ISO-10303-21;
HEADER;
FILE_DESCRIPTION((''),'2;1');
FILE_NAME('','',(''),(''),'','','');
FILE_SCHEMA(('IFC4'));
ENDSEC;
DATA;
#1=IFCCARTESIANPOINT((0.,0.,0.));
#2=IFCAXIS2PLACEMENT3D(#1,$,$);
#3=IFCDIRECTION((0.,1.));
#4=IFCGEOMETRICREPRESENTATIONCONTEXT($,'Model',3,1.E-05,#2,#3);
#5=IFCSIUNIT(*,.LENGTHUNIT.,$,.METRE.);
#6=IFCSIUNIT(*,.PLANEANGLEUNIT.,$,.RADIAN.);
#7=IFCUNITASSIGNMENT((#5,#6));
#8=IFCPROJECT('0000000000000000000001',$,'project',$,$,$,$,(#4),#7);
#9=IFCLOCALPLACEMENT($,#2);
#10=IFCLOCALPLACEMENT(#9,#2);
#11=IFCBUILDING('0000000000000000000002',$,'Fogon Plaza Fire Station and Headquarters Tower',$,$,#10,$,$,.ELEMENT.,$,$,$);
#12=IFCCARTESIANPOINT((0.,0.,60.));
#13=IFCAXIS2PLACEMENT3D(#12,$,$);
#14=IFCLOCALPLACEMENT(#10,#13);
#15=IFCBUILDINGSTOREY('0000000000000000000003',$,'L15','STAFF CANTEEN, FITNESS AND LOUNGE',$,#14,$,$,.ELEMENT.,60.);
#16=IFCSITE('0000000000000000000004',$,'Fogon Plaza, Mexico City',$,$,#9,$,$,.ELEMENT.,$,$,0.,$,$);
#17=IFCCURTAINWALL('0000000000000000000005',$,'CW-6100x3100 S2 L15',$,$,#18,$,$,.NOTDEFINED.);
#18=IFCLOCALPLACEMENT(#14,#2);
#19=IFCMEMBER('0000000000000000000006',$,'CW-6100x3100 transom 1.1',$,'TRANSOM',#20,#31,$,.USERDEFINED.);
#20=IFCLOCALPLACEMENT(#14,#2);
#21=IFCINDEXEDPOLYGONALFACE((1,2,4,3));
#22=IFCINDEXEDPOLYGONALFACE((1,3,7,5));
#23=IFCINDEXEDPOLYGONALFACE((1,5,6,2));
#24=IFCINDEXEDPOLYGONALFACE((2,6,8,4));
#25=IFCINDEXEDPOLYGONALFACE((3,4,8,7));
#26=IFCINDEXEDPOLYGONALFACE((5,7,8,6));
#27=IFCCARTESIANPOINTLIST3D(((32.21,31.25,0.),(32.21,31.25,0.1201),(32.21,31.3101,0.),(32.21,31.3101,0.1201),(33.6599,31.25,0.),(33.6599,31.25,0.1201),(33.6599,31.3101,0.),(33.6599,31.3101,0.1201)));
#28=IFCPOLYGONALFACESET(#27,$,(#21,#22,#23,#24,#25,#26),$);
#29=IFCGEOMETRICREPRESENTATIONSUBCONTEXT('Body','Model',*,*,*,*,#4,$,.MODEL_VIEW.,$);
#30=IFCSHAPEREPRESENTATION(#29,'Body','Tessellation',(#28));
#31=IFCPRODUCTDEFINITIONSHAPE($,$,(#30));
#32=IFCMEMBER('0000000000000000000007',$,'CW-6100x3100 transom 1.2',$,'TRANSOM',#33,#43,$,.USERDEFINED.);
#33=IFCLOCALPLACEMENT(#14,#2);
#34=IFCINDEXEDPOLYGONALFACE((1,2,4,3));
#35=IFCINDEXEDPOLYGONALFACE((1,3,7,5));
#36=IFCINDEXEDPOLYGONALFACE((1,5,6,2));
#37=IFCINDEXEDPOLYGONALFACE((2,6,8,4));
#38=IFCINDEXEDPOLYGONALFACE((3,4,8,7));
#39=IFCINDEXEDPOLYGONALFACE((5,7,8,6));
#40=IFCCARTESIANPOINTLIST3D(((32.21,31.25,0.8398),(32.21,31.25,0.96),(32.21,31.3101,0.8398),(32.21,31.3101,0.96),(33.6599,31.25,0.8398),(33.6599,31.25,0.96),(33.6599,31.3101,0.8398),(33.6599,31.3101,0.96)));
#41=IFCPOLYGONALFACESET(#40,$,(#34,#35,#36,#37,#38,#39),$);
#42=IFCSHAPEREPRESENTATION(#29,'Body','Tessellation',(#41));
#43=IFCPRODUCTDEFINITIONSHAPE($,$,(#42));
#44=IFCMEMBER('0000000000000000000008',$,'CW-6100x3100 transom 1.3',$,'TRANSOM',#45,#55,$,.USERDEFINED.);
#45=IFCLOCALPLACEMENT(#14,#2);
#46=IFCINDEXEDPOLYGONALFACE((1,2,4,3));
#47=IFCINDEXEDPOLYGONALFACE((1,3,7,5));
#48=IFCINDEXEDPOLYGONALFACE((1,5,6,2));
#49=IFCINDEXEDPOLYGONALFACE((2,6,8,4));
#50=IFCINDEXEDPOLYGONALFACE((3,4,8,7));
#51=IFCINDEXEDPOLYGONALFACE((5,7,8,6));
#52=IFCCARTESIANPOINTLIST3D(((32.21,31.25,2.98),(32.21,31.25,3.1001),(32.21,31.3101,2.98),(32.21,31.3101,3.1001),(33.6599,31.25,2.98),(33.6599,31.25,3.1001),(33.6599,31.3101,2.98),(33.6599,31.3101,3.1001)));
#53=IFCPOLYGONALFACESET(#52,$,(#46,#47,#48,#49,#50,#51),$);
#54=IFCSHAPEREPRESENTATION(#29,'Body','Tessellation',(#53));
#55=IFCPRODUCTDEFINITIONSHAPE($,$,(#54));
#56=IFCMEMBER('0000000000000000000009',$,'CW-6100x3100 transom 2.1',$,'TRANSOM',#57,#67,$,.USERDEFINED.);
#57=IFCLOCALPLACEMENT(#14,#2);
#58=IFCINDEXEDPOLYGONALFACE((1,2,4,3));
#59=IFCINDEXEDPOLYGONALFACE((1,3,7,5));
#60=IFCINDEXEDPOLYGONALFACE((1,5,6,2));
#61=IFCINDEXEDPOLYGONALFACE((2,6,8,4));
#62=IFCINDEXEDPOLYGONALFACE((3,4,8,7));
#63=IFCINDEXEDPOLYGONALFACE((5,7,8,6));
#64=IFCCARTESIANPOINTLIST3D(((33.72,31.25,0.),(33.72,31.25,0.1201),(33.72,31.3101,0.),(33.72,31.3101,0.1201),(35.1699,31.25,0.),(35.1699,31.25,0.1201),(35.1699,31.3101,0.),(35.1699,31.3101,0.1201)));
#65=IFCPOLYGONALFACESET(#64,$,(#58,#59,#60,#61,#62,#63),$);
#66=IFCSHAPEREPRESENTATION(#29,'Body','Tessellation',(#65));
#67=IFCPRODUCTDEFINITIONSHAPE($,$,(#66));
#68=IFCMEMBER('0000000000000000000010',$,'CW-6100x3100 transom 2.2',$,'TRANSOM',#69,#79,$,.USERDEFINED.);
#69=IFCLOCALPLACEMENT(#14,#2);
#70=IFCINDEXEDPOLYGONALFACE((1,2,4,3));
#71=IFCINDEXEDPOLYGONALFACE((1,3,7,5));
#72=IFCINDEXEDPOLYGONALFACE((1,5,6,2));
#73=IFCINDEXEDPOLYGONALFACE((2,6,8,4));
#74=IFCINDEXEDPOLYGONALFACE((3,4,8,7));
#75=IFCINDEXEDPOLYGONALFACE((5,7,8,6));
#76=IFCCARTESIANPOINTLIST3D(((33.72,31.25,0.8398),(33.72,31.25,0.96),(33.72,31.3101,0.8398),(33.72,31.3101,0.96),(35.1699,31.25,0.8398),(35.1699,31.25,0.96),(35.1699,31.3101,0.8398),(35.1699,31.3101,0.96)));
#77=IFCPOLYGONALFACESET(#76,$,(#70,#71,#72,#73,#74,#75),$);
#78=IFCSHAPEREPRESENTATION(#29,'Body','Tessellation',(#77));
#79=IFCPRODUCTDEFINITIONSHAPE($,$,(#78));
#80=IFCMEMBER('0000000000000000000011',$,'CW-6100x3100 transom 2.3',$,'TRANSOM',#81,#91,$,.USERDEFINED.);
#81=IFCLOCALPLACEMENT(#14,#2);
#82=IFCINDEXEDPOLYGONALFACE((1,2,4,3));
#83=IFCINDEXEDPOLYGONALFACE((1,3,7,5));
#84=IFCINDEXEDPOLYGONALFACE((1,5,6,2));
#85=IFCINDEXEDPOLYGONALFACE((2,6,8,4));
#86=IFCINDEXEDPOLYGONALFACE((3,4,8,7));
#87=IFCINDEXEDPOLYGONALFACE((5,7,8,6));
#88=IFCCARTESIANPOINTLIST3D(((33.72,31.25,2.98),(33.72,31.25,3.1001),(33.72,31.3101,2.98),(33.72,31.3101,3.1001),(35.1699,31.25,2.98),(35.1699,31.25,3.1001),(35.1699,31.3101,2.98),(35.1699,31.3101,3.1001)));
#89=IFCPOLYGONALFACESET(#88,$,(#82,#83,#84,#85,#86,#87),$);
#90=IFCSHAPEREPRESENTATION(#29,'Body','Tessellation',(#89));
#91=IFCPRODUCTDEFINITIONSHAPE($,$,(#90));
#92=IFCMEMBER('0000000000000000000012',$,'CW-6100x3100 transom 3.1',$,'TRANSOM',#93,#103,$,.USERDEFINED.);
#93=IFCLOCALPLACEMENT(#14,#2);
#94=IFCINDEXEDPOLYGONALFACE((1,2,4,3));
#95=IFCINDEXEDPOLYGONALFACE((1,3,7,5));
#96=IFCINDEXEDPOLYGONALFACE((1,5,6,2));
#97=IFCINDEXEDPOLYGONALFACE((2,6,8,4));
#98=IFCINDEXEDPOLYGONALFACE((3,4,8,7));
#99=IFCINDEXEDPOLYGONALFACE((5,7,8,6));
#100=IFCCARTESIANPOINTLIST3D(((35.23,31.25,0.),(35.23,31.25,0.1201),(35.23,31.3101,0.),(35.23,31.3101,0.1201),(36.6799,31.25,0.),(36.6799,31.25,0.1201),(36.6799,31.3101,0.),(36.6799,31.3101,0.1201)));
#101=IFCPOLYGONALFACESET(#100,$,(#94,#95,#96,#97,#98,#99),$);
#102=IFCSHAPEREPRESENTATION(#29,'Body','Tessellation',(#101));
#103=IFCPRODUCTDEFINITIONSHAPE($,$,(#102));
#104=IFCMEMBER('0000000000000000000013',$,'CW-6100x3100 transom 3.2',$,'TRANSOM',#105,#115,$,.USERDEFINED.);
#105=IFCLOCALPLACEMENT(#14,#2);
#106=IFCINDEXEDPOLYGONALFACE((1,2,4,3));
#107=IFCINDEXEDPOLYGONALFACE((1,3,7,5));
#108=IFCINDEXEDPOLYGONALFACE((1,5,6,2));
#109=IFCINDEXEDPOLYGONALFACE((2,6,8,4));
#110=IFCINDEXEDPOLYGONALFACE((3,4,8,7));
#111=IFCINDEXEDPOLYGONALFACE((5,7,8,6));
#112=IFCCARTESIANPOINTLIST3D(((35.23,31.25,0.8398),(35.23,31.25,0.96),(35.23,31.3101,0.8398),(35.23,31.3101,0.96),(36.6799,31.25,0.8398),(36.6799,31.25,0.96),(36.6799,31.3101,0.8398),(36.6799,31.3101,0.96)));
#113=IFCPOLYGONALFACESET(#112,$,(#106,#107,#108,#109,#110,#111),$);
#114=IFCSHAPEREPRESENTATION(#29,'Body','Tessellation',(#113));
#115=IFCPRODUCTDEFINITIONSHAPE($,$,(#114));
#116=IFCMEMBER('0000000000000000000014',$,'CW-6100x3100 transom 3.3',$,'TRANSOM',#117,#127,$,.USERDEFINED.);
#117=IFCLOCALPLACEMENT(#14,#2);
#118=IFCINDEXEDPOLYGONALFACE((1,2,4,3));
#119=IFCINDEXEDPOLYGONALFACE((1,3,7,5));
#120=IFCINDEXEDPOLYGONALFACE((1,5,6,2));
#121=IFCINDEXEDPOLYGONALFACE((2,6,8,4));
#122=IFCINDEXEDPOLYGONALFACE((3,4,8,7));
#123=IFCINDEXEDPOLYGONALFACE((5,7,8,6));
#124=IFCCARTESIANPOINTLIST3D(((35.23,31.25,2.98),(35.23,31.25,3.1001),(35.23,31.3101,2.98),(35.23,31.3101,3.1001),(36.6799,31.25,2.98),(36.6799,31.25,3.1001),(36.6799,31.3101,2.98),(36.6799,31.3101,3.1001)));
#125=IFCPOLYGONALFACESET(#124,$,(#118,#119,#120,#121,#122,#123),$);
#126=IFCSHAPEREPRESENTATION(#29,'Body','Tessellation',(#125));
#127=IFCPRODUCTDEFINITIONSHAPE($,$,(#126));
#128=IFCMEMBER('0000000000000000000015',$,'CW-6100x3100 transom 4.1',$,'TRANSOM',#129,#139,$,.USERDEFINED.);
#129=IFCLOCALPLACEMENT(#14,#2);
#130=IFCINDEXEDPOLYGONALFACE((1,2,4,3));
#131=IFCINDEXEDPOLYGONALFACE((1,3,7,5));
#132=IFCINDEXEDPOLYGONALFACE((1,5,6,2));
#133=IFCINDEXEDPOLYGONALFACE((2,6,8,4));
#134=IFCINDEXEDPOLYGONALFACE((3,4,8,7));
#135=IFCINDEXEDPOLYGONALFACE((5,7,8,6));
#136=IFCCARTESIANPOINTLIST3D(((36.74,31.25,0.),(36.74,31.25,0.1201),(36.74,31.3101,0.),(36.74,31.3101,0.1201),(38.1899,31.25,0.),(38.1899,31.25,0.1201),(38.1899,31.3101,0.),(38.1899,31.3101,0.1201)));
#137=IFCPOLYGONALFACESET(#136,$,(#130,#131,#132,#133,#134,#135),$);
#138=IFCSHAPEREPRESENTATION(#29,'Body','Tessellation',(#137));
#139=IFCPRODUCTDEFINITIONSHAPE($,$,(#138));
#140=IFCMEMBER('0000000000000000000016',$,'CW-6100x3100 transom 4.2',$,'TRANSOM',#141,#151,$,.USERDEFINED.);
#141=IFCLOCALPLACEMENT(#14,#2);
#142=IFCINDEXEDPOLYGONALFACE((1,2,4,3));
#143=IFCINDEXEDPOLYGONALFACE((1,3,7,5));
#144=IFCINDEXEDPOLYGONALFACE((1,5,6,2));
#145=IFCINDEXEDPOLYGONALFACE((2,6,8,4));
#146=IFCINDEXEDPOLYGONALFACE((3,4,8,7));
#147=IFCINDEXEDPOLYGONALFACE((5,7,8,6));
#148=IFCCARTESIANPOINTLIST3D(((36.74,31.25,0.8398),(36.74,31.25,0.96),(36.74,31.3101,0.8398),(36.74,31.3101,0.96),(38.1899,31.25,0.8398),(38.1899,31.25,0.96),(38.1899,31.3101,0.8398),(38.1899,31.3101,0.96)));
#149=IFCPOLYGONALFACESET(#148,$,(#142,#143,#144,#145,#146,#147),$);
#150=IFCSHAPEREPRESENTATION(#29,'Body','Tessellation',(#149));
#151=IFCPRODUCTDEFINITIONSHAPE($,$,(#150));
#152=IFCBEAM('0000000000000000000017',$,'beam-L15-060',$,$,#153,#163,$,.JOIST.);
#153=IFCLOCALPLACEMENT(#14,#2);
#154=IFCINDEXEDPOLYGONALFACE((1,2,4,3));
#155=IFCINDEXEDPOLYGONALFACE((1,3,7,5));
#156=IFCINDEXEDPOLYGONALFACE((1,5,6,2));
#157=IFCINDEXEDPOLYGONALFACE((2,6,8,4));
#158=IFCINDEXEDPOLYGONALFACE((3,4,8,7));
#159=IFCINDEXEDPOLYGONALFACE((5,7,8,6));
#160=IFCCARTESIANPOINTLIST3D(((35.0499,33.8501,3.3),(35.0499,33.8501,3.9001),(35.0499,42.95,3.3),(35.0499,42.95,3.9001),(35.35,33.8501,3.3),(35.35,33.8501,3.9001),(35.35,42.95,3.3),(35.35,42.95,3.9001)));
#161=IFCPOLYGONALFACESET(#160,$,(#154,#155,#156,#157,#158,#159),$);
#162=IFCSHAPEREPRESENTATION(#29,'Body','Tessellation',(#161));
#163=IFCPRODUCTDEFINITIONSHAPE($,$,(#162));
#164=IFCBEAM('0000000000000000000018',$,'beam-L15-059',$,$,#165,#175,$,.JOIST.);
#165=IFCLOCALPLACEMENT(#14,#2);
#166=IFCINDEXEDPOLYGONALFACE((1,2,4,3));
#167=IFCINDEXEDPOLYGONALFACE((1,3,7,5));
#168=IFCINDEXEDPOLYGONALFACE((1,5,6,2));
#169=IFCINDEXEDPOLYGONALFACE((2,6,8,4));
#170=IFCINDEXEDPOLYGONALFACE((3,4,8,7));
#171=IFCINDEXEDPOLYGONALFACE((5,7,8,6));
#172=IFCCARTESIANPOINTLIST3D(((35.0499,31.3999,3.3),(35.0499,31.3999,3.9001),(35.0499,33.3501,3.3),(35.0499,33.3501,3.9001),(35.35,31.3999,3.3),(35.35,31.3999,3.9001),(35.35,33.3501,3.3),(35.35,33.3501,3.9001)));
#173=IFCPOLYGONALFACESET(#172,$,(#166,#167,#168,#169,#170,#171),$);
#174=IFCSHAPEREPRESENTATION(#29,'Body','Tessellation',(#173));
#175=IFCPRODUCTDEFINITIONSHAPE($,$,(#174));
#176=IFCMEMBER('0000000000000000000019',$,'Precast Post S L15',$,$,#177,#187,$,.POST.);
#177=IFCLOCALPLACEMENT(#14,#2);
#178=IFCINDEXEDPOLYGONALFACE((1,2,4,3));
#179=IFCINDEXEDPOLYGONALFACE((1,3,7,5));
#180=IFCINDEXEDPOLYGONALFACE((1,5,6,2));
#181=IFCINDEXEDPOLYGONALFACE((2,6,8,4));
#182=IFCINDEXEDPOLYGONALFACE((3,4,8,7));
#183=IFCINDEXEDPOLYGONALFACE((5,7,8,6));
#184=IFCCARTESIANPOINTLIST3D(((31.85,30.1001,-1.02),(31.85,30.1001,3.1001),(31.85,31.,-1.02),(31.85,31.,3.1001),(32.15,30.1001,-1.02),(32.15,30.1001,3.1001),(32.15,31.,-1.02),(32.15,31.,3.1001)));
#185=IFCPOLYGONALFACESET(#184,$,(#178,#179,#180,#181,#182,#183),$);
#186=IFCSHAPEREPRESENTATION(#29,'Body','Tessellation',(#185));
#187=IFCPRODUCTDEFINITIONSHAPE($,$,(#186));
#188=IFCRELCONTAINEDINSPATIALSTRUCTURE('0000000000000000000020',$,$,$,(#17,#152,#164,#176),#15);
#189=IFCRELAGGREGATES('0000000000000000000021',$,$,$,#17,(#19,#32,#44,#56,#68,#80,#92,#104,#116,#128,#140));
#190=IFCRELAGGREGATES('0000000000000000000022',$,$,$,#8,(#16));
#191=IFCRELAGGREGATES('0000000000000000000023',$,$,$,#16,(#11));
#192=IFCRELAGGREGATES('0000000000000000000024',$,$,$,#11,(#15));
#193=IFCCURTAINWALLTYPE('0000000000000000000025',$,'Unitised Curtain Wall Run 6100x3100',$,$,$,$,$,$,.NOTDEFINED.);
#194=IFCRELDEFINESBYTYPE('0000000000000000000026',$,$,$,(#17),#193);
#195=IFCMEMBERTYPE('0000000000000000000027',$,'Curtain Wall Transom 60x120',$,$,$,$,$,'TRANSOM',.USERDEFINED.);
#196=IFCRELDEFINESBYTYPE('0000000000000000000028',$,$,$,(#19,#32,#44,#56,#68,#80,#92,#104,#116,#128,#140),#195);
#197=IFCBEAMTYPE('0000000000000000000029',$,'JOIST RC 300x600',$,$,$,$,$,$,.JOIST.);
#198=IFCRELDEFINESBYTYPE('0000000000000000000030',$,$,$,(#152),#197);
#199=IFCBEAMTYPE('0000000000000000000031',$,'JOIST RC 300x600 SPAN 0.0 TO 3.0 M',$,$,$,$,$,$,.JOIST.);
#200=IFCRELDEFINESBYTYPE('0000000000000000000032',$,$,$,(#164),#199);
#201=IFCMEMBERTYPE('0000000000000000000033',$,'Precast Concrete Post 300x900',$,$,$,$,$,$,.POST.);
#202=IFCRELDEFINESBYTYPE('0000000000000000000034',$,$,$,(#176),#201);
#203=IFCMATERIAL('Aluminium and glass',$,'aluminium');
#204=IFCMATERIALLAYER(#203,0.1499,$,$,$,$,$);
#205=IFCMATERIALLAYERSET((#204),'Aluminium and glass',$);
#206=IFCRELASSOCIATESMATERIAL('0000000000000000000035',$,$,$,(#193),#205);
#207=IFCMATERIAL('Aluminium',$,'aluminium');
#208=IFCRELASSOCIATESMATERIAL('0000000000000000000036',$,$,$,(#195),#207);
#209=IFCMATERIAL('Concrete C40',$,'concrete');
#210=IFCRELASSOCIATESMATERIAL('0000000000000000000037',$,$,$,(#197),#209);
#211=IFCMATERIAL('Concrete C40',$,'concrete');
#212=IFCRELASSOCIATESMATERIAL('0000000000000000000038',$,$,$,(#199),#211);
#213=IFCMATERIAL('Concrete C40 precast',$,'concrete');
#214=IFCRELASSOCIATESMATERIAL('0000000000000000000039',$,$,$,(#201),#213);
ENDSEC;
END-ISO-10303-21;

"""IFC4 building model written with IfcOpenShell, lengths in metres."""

from ifc_helpers import new_model, si_unit, direction, frame, origin, origin_2d, place, context, subcontext, project, spatial, rectangle, extrude, material, layer, layer_set, material_profile, profile_set, type_object, element, aggregate, save


model = new_model("IFC4")

# Units and contexts
model_context = context("Model", 3, precision=1e-05, world=origin(), true_north=direction((0.0, 1.0)))
body_context = subcontext(model_context, "Body", "Model", "MODEL_VIEW")
ifc_project = project(units=[si_unit("LENGTHUNIT", "METRE"), si_unit("PLANEANGLEUNIT", "RADIAN")], contexts=[model_context])

# Site, building, storey
site_placement = place(None, origin())
site = spatial("IfcSite", under=ifc_project, at=site_placement, Name="Fogon Plaza, Mexico City", CompositionType="ELEMENT", RefElevation=0.0)
building_placement = place(site_placement, origin())
building = spatial("IfcBuilding", under=site, at=building_placement, Name="Fogon Plaza Fire Station and Headquarters Tower", CompositionType="ELEMENT")
storey_placement = place(building_placement, frame((0.0, 0.0, 60.0)))
storey = spatial("IfcBuildingStorey", under=building, at=storey_placement, Name="L15", Description="STAFF CANTEEN, FITNESS AND LOUNGE", CompositionType="ELEMENT", Elevation=60.0)

# Shared definitions
ifc_material_1 = material(Name="Aluminium and glass", Category="aluminium")
ifc_layer_1 = layer(ifc_material_1, 0.1499)
ifc_layer_set_1 = layer_set([ifc_layer_1], Name="Aluminium and glass")
curtain_wall_type = type_object("IfcCurtainWallType", Name="Unitised Curtain Wall Run 6100x3100", PredefinedType="NOTDEFINED", material=ifc_layer_set_1)

# Curtain wall
curtain_wall_1_placement = place(storey_placement, origin())
curtain_wall_1 = element("IfcCurtainWall", 1, at=curtain_wall_1_placement, inside=storey, type_object=curtain_wall_type, Name="CW-6100x3100 S2 L15", PredefinedType="NOTDEFINED")

# Members
ifc_material_2 = material(Name="Aluminium", Category="aluminium")
ifc_material_profile_1 = material_profile(ifc_material_2, rectangle(XDim=0.0601, YDim=0.1201, at=origin_2d()), Name="Curtain Wall Transom 60x120")
ifc_profile_set_1 = profile_set([ifc_material_profile_1], Name="Aluminium")
member_type_1 = type_object("IfcMemberType", Name="Curtain Wall Transom 60x120", ElementType="TRANSOM", PredefinedType="USERDEFINED", material=ifc_profile_set_1)
member_1_placement = place(storey_placement, frame((32.21, 31.28, 0.0601), z_axis=(1.0, 0.0, 0.0), x_axis=(0.0, 1.0, 0.0)))
member_1 = element("IfcMember", 2, at=member_1_placement, type_object=member_type_1, Name="CW-6100x3100 transom 1.1", ObjectType="TRANSOM", PredefinedType="USERDEFINED", context=body_context, shape_type="SweptSolid", body=[
    extrude(rectangle(XDim=0.0601, YDim=0.1201, at=origin_2d()), origin(), (0.0, 0.0, 1.0), 1.45),
])
member_2_placement = place(storey_placement, frame((32.21, 31.28, 0.8999), z_axis=(1.0, 0.0, 0.0), x_axis=(0.0, 1.0, 0.0)))
member_2 = element("IfcMember", 3, at=member_2_placement, type_object=member_type_1, Name="CW-6100x3100 transom 1.2", ObjectType="TRANSOM", PredefinedType="USERDEFINED", context=body_context, shape_type="SweptSolid", body=[
    extrude(rectangle(XDim=0.0601, YDim=0.1201, at=origin_2d()), origin(), (0.0, 0.0, 1.0), 1.45),
])
member_3_placement = place(storey_placement, frame((32.21, 31.28, 3.04), z_axis=(1.0, 0.0, 0.0), x_axis=(0.0, 1.0, 0.0)))
member_3 = element("IfcMember", 4, at=member_3_placement, type_object=member_type_1, Name="CW-6100x3100 transom 1.3", ObjectType="TRANSOM", PredefinedType="USERDEFINED", context=body_context, shape_type="SweptSolid", body=[
    extrude(rectangle(XDim=0.0601, YDim=0.1201, at=origin_2d()), origin(), (0.0, 0.0, 1.0), 1.45),
])
member_4_placement = place(storey_placement, frame((33.72, 31.28, 0.0601), z_axis=(1.0, 0.0, 0.0), x_axis=(0.0, 1.0, 0.0)))
member_4 = element("IfcMember", 5, at=member_4_placement, type_object=member_type_1, Name="CW-6100x3100 transom 2.1", ObjectType="TRANSOM", PredefinedType="USERDEFINED", context=body_context, shape_type="SweptSolid", body=[
    extrude(rectangle(XDim=0.0601, YDim=0.1201, at=origin_2d()), origin(), (0.0, 0.0, 1.0), 1.45),
])
member_5_placement = place(storey_placement, frame((33.72, 31.28, 0.8999), z_axis=(1.0, 0.0, 0.0), x_axis=(0.0, 1.0, 0.0)))
member_5 = element("IfcMember", 6, at=member_5_placement, type_object=member_type_1, Name="CW-6100x3100 transom 2.2", ObjectType="TRANSOM", PredefinedType="USERDEFINED", context=body_context, shape_type="SweptSolid", body=[
    extrude(rectangle(XDim=0.0601, YDim=0.1201, at=origin_2d()), origin(), (0.0, 0.0, 1.0), 1.45),
])
member_6_placement = place(storey_placement, frame((33.72, 31.28, 3.04), z_axis=(1.0, 0.0, 0.0), x_axis=(0.0, 1.0, 0.0)))
member_6 = element("IfcMember", 7, at=member_6_placement, type_object=member_type_1, Name="CW-6100x3100 transom 2.3", ObjectType="TRANSOM", PredefinedType="USERDEFINED", context=body_context, shape_type="SweptSolid", body=[
    extrude(rectangle(XDim=0.0601, YDim=0.1201, at=origin_2d()), origin(), (0.0, 0.0, 1.0), 1.45),
])
member_7_placement = place(storey_placement, frame((35.23, 31.28, 0.0601), z_axis=(1.0, 0.0, 0.0), x_axis=(0.0, 1.0, 0.0)))
member_7 = element("IfcMember", 8, at=member_7_placement, type_object=member_type_1, Name="CW-6100x3100 transom 3.1", ObjectType="TRANSOM", PredefinedType="USERDEFINED", context=body_context, shape_type="SweptSolid", body=[
    extrude(rectangle(XDim=0.0601, YDim=0.1201, at=origin_2d()), origin(), (0.0, 0.0, 1.0), 1.45),
])
member_8_placement = place(storey_placement, frame((35.23, 31.28, 0.8999), z_axis=(1.0, 0.0, 0.0), x_axis=(0.0, 1.0, 0.0)))
member_8 = element("IfcMember", 9, at=member_8_placement, type_object=member_type_1, Name="CW-6100x3100 transom 3.2", ObjectType="TRANSOM", PredefinedType="USERDEFINED", context=body_context, shape_type="SweptSolid", body=[
    extrude(rectangle(XDim=0.0601, YDim=0.1201, at=origin_2d()), origin(), (0.0, 0.0, 1.0), 1.45),
])
member_9_placement = place(storey_placement, frame((35.23, 31.28, 3.04), z_axis=(1.0, 0.0, 0.0), x_axis=(0.0, 1.0, 0.0)))
member_9 = element("IfcMember", 10, at=member_9_placement, type_object=member_type_1, Name="CW-6100x3100 transom 3.3", ObjectType="TRANSOM", PredefinedType="USERDEFINED", context=body_context, shape_type="SweptSolid", body=[
    extrude(rectangle(XDim=0.0601, YDim=0.1201, at=origin_2d()), origin(), (0.0, 0.0, 1.0), 1.45),
])
member_10_placement = place(storey_placement, frame((36.74, 31.28, 0.0601), z_axis=(1.0, 0.0, 0.0), x_axis=(0.0, 1.0, 0.0)))
member_10 = element("IfcMember", 11, at=member_10_placement, type_object=member_type_1, Name="CW-6100x3100 transom 4.1", ObjectType="TRANSOM", PredefinedType="USERDEFINED", context=body_context, shape_type="SweptSolid", body=[
    extrude(rectangle(XDim=0.0601, YDim=0.1201, at=origin_2d()), origin(), (0.0, 0.0, 1.0), 1.45),
])
member_11_placement = place(storey_placement, frame((36.74, 31.28, 0.8999), z_axis=(1.0, 0.0, 0.0), x_axis=(0.0, 1.0, 0.0)))
member_11 = element("IfcMember", 12, at=member_11_placement, type_object=member_type_1, Name="CW-6100x3100 transom 4.2", ObjectType="TRANSOM", PredefinedType="USERDEFINED", context=body_context, shape_type="SweptSolid", body=[
    extrude(rectangle(XDim=0.0601, YDim=0.1201, at=origin_2d()), origin(), (0.0, 0.0, 1.0), 1.45),
])

# Beams
ifc_material_3 = material(Name="Concrete C40", Category="concrete")
ifc_material_profile_2 = material_profile(ifc_material_3, rectangle(XDim=0.3, YDim=0.6001, at=origin_2d()), Name="RC 300x600")
ifc_profile_set_2 = profile_set([ifc_material_profile_2], Name="Concrete C40")
beam_type_1 = type_object("IfcBeamType", Name="JOIST RC 300x600", PredefinedType="JOIST", material=ifc_profile_set_2)
beam_1_placement = place(storey_placement, frame((35.2, 33.8501, 3.6001), z_axis=(0.0, 1.0, 0.0), x_axis=(-1.0, 0.0, 0.0)))
element("IfcBeam", 13, at=beam_1_placement, inside=storey, type_object=beam_type_1, Name="beam-L15-060", PredefinedType="JOIST", context=body_context, shape_type="SweptSolid", body=[
    extrude(rectangle(XDim=0.3, YDim=0.6001, at=origin_2d()), origin(), (0.0, 0.0, 1.0), 9.0999),
])
ifc_material_4 = material(Name="Concrete C40", Category="concrete")
ifc_material_profile_3 = material_profile(ifc_material_4, rectangle(XDim=0.3, YDim=0.6001, at=origin_2d()), Name="RC 300x600")
ifc_profile_set_3 = profile_set([ifc_material_profile_3], Name="Concrete C40")
beam_type_2 = type_object("IfcBeamType", Name="JOIST RC 300x600 SPAN 0.0 TO 3.0 M", PredefinedType="JOIST", material=ifc_profile_set_3)
beam_2_placement = place(storey_placement, frame((35.2, 31.3999, 3.6001), z_axis=(0.0, 1.0, 0.0), x_axis=(-1.0, 0.0, 0.0)))
element("IfcBeam", 14, at=beam_2_placement, inside=storey, type_object=beam_type_2, Name="beam-L15-059", PredefinedType="JOIST", context=body_context, shape_type="SweptSolid", body=[
    extrude(rectangle(XDim=0.3, YDim=0.6001, at=origin_2d()), origin(), (0.0, 0.0, 1.0), 1.9502),
])

# Member
ifc_material_5 = material(Name="Concrete C40 precast", Category="concrete")
ifc_material_profile_4 = material_profile(ifc_material_5, rectangle(XDim=0.3, YDim=0.8999, at=origin_2d()), Name="Precast Concrete Post 300x900")
ifc_profile_set_4 = profile_set([ifc_material_profile_4], Name="Concrete C40 precast")
member_type_2 = type_object("IfcMemberType", Name="Precast Concrete Post 300x900", PredefinedType="POST", material=ifc_profile_set_4)
member_12_placement = place(storey_placement, frame((32.0, 30.55, -1.02), z_axis=(0.0, 0.0, 1.0), x_axis=(1.0, 0.0, 0.0)))
element("IfcMember", 15, at=member_12_placement, inside=storey, type_object=member_type_2, Name="Precast Post S L15", PredefinedType="POST", context=body_context, shape_type="SweptSolid", body=[
    extrude(rectangle(XDim=0.3, YDim=0.8999, at=origin_2d()), origin(), (0.0, 0.0, 1.0), 4.1201),
])

aggregate(curtain_wall_1, [member_1, member_2, member_3, member_4, member_5, member_6, member_7, member_8, member_9, member_10, member_11])

save(model, "model.ifc")
